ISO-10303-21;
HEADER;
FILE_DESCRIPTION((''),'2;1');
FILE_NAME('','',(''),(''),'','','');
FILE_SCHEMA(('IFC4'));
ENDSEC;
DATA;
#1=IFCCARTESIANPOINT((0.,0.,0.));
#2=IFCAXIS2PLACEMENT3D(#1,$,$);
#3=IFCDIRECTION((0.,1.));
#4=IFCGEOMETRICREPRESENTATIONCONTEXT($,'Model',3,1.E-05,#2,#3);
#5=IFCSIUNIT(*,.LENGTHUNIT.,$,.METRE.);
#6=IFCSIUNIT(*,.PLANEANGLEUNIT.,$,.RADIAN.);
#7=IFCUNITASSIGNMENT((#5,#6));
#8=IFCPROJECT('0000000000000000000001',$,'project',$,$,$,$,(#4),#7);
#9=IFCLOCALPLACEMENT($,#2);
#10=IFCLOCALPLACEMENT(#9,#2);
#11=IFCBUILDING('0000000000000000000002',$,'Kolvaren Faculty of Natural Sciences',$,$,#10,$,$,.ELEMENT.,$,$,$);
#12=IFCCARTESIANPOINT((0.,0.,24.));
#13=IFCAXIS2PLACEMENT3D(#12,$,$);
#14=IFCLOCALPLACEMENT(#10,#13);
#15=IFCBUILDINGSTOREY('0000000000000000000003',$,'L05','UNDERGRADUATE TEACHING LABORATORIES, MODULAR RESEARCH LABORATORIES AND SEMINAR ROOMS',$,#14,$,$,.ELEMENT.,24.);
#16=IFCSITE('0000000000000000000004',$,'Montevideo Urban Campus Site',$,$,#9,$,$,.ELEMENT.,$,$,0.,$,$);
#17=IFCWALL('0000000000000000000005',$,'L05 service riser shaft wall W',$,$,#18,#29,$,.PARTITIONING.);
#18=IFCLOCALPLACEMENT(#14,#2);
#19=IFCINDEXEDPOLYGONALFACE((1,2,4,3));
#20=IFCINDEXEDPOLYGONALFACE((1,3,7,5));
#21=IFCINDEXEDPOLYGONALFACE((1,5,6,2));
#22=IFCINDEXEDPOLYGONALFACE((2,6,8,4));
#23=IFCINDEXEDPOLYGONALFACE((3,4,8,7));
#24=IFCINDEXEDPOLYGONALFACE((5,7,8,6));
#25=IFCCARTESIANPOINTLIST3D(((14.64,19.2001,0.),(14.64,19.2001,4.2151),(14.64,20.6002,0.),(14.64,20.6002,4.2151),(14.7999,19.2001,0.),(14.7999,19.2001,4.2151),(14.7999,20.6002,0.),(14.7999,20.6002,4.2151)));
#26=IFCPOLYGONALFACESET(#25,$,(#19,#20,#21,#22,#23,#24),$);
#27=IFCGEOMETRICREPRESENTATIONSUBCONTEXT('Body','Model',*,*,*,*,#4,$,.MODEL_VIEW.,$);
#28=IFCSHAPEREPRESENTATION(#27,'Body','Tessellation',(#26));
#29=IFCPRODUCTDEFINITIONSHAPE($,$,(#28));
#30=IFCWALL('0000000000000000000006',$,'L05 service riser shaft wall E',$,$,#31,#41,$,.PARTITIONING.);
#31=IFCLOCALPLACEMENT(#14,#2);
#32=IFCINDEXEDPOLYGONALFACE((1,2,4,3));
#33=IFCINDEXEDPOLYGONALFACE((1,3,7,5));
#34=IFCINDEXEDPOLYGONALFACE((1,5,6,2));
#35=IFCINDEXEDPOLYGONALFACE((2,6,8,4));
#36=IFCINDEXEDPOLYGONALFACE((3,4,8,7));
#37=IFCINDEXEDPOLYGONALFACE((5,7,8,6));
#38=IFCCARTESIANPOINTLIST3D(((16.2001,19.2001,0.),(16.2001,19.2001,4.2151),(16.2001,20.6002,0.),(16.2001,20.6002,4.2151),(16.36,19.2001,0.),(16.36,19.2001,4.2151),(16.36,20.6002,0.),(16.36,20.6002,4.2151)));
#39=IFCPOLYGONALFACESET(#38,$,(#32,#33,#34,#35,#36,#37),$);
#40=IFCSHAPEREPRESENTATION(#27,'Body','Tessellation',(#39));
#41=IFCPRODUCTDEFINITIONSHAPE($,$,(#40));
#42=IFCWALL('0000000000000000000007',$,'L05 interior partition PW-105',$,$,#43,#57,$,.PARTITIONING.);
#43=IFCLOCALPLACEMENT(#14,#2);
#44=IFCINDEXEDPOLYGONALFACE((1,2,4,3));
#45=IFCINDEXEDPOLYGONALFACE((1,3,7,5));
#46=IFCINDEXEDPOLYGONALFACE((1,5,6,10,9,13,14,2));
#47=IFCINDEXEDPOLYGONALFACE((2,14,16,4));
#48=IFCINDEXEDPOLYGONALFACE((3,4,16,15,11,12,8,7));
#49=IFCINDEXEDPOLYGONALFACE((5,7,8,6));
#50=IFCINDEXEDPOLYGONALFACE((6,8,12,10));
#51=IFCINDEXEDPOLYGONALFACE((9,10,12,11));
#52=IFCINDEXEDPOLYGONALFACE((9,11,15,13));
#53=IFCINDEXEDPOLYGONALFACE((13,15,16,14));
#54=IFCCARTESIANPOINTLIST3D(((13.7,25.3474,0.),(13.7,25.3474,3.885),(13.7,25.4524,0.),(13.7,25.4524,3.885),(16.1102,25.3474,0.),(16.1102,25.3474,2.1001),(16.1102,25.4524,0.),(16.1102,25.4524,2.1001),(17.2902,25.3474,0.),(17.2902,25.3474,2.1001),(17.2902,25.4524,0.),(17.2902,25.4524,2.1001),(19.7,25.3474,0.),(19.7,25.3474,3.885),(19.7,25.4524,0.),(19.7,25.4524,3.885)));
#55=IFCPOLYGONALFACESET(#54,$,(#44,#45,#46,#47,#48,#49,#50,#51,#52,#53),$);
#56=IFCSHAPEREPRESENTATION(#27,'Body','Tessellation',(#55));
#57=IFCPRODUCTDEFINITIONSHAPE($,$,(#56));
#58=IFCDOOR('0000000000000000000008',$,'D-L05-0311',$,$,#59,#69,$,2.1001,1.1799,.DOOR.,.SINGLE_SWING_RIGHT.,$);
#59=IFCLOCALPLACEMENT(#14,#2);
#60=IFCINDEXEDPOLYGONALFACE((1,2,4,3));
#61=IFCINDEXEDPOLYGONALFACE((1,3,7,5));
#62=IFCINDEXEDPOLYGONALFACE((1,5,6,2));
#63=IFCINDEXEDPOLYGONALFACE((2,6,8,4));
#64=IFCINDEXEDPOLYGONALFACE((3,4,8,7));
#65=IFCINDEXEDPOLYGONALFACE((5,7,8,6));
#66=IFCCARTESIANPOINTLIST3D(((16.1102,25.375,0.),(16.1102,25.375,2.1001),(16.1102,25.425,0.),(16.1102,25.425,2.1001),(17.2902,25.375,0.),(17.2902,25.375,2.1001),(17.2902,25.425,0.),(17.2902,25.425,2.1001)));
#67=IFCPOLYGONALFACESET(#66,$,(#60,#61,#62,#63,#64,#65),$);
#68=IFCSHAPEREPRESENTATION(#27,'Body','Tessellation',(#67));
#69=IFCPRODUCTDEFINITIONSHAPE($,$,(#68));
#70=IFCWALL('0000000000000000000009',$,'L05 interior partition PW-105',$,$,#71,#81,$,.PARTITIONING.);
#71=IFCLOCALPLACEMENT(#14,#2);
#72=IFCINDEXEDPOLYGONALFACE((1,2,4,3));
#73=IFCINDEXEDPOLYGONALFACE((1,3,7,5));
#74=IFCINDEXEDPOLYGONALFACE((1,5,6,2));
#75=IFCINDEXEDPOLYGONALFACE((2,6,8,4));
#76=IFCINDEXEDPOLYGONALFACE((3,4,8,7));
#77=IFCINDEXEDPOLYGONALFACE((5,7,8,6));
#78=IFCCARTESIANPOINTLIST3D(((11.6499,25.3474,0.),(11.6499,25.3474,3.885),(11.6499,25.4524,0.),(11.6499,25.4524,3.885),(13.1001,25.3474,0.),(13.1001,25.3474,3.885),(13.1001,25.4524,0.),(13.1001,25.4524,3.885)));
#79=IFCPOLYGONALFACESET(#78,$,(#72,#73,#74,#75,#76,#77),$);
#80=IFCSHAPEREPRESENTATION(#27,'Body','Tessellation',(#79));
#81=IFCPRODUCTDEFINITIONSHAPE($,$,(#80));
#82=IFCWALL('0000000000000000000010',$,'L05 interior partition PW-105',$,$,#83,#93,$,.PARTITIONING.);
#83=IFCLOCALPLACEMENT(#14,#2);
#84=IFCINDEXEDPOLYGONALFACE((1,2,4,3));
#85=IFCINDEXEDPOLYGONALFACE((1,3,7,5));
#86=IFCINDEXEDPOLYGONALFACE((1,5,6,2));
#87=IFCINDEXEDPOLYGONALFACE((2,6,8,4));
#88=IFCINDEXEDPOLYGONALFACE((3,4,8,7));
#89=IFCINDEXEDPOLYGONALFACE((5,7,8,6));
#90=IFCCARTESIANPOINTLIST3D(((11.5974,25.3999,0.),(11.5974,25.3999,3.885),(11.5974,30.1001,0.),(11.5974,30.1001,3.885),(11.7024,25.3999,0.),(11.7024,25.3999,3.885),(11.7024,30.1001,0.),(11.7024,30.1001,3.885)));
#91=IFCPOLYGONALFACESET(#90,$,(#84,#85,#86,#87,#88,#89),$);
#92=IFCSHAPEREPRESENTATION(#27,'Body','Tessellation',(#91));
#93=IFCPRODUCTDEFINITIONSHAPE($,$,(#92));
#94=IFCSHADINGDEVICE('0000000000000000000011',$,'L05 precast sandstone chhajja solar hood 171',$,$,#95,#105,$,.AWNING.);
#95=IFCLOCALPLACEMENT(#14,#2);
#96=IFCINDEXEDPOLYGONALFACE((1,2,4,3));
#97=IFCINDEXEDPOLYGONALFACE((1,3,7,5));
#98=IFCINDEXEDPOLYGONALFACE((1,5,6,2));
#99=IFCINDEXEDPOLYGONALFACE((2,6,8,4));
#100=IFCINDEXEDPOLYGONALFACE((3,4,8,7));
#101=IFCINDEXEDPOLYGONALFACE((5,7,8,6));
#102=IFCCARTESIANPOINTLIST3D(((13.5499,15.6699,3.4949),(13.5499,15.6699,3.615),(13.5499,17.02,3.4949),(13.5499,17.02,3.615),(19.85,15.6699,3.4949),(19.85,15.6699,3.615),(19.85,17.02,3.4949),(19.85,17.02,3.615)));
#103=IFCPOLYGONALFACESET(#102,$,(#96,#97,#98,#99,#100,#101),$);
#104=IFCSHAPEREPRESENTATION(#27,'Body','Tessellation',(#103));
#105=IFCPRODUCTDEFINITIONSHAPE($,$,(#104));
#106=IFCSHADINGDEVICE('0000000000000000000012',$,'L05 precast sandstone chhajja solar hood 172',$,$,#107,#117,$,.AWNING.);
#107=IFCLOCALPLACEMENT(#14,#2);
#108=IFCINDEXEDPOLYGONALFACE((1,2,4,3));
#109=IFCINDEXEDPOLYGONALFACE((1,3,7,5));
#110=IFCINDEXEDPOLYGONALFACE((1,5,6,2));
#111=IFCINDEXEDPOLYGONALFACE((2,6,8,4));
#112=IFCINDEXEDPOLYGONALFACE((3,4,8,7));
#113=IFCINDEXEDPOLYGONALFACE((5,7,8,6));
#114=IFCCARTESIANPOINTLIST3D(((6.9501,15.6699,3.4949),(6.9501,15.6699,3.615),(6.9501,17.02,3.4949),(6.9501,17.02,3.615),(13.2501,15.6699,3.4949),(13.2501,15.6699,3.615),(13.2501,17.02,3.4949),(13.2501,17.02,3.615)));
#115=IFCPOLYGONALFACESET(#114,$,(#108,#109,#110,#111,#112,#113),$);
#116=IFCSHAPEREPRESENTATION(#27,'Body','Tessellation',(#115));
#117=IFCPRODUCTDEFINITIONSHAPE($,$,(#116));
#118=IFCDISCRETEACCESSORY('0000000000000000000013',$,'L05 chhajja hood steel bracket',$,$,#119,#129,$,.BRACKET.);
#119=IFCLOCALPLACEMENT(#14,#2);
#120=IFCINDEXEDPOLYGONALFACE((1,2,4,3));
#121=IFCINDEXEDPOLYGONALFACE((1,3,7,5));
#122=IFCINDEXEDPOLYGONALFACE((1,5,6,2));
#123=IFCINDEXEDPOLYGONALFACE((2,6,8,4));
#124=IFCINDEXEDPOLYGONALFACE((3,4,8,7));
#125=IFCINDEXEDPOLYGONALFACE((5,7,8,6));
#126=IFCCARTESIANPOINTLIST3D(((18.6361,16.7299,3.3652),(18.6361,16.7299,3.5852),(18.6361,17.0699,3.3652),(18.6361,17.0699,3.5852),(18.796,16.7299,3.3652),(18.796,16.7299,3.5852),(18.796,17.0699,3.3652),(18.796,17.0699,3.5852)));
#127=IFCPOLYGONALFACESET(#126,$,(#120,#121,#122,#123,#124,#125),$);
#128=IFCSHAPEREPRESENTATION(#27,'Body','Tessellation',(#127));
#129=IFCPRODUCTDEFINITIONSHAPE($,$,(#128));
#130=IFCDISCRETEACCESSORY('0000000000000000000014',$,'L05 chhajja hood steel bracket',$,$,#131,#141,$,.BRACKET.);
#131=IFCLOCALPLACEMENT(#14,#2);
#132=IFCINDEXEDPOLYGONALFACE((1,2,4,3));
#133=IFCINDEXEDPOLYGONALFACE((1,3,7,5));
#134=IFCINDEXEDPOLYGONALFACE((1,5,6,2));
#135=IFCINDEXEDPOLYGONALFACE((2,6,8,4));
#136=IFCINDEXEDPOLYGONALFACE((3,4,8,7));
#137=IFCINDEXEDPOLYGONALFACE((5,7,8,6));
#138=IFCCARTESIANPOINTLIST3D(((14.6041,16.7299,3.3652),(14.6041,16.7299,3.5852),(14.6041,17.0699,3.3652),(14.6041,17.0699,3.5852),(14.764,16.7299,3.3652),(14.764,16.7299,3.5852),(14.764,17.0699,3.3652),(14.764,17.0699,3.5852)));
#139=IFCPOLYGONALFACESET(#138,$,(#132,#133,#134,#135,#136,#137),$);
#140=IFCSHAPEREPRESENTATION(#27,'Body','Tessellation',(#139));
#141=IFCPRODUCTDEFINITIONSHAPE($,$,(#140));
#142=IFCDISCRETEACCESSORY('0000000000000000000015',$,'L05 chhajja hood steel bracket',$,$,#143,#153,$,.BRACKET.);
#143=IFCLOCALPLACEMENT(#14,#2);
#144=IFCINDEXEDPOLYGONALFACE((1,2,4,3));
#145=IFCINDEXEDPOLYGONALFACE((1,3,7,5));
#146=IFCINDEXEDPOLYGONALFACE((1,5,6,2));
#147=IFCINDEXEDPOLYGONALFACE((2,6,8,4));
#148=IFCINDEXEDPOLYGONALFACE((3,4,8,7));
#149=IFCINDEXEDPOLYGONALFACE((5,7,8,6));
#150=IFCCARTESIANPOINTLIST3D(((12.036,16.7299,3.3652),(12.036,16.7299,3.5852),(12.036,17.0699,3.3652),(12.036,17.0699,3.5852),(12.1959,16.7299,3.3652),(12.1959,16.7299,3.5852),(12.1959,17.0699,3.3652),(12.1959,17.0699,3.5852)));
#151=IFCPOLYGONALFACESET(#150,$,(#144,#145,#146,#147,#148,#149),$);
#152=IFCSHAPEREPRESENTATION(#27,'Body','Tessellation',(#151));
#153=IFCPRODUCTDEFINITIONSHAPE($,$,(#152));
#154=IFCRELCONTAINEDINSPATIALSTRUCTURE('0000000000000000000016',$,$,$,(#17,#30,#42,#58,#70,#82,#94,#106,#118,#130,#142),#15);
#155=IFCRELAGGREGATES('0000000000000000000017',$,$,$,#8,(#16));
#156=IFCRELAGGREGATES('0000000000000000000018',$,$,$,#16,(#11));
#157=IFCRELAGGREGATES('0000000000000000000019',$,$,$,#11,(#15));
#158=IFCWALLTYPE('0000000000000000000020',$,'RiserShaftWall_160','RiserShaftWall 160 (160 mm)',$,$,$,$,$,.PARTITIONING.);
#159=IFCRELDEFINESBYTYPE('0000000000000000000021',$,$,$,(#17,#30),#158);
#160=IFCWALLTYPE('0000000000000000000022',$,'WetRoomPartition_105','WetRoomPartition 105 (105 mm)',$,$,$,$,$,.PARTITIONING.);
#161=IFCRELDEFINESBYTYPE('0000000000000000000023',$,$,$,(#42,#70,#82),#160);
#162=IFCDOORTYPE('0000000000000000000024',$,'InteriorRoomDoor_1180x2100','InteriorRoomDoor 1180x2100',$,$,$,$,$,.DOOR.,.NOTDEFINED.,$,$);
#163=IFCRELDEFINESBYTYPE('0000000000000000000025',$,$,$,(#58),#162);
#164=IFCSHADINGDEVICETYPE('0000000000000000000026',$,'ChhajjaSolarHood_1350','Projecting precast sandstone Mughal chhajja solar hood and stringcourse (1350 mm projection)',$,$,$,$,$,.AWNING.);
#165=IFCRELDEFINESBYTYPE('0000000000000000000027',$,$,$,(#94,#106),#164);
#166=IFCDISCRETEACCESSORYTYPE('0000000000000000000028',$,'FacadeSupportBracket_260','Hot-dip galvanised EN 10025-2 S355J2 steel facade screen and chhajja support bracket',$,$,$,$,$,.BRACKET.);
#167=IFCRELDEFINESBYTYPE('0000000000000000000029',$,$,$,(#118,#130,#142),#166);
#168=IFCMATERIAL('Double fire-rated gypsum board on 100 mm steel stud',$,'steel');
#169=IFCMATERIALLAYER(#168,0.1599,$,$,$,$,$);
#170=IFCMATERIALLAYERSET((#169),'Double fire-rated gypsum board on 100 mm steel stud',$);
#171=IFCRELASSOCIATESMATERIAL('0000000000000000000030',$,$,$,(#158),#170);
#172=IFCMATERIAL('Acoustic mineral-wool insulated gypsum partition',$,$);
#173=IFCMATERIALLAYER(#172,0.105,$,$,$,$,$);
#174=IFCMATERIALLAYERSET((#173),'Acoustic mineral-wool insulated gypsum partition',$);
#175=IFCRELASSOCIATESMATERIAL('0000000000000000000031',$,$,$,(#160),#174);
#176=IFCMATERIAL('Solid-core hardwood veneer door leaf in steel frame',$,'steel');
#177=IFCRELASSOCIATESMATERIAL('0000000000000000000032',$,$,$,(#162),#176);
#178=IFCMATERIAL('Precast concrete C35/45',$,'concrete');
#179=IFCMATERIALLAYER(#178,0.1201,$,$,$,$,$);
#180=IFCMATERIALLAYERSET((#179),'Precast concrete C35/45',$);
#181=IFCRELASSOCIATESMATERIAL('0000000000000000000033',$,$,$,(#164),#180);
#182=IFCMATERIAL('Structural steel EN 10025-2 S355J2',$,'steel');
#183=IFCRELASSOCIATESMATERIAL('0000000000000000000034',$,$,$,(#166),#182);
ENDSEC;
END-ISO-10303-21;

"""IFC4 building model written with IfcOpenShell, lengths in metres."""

from ifc_helpers import new_model, si_unit, direction, frame, frame_2d, origin, origin_2d, place, context, subcontext, project, spatial, rectangle, extrude, material, layer, layer_set, type_object, element, fill, save


model = new_model("IFC4")

# Units and contexts
model_context = context("Model", 3, precision=1e-05, world=origin(), true_north=direction((0.0, 1.0)))
body_context = subcontext(model_context, "Body", "Model", "MODEL_VIEW")
ifc_project = project(units=[si_unit("LENGTHUNIT", "METRE"), si_unit("PLANEANGLEUNIT", "RADIAN")], contexts=[model_context])

# Site, building, storey
site_placement = place(None, origin())
site = spatial("IfcSite", under=ifc_project, at=site_placement, Name="Montevideo Urban Campus Site", CompositionType="ELEMENT", RefElevation=0.0)
building_placement = place(site_placement, origin())
building = spatial("IfcBuilding", under=site, at=building_placement, Name="Kolvaren Faculty of Natural Sciences", CompositionType="ELEMENT")
storey_placement = place(building_placement, frame((0.0, 0.0, 24.0)))
storey = spatial("IfcBuildingStorey", under=building, at=storey_placement, Name="L05", Description="UNDERGRADUATE TEACHING LABORATORIES, MODULAR RESEARCH LABORATORIES AND SEMINAR ROOMS", CompositionType="ELEMENT", Elevation=24.0)

# Shared definitions
ifc_material_1 = material(Name="Precast concrete C35/45", Category="concrete")

# Walls
ifc_material_2 = material(Name="Double fire-rated gypsum board on 100 mm steel stud", Category="steel")
ifc_layer_1 = layer(ifc_material_2, 0.1599)
ifc_layer_set_1 = layer_set([ifc_layer_1], Name="Double fire-rated gypsum board on 100 mm steel stud")
wall_type_1 = type_object("IfcWallType", Name="RiserShaftWall_160", Description="RiserShaftWall 160 (160 mm)", PredefinedType="PARTITIONING", material=ifc_layer_set_1)
for number, where, z_axis, x_axis, name in (
    (1, (14.72, 19.2, 0.0), (0.0, 0.0, 1.0), (0.0, 1.0, 0.0), "L05 service riser shaft wall W"),
    (2, (16.28, 19.2, 0.0), (0.0, 0.0, 1.0), (0.0, 1.0, 0.0), "L05 service riser shaft wall E"),
):
    element("IfcWall", number, at=place(storey_placement, frame(where, z_axis=z_axis, x_axis=x_axis)), inside=storey, type_object=wall_type_1, Name=name, PredefinedType="PARTITIONING", context=body_context, shape_type="SweptSolid", body=[
        extrude(rectangle(XDim=1.4001, YDim=0.1599, at=frame_2d((0.7002, 0.0))), origin(), (0.0, 0.0, 1.0), 4.2151),
    ])

# Wall, opening, door
ifc_material_3 = material(Name="Acoustic mineral-wool insulated gypsum partition")
ifc_layer_2 = layer(ifc_material_3, 0.105)
ifc_layer_set_2 = layer_set([ifc_layer_2], Name="Acoustic mineral-wool insulated gypsum partition")
wall_type_2 = type_object("IfcWallType", Name="WetRoomPartition_105", Description="WetRoomPartition 105 (105 mm)", PredefinedType="PARTITIONING", material=ifc_layer_set_2)
wall_1_placement = place(storey_placement, frame((19.7, 25.3999, 0.0), z_axis=(0.0, 0.0, 1.0), x_axis=(-1.0, 0.0, 0.0)))
wall_1 = element("IfcWall", 3, at=wall_1_placement, inside=storey, type_object=wall_type_2, Name="L05 interior partition PW-105", PredefinedType="PARTITIONING", context=body_context, shape_type="SweptSolid", body=[
    extrude(rectangle(XDim=6.0, YDim=0.105, at=frame_2d((3.0, 0.0))), origin(), (0.0, 0.0, 1.0), 3.885),
])
opening_1_placement = place(wall_1_placement, frame((2.4099, 0.0, 0.0)))
opening_1 = element("IfcOpeningElement", 4, at=opening_1_placement, cuts=wall_1, PredefinedType="OPENING", context=body_context, shape_type="SweptSolid", body=[
    extrude(rectangle(XDim=1.1799, YDim=2.1001, at=frame_2d((0.5898, 1.05))), frame((0.0, 0.0625, 0.0), z_axis=(0.0, -1.0, 0.0), x_axis=(1.0, 0.0, 0.0)), (0.0, 0.0, 1.0), 0.125),
])
ifc_material_4 = material(Name="Solid-core hardwood veneer door leaf in steel frame", Category="steel")
door_type = type_object("IfcDoorType", Name="InteriorRoomDoor_1180x2100", Description="InteriorRoomDoor 1180x2100", OperationType="NOTDEFINED", PredefinedType="DOOR", material=ifc_material_4)
door_placement = place(opening_1_placement, origin())
door = element("IfcDoor", 5, at=door_placement, inside=storey, type_object=door_type, Name="D-L05-0311", OperationType="SINGLE_SWING_RIGHT", OverallHeight=2.1001, OverallWidth=1.1799, PredefinedType="DOOR", context=body_context, shape_type="SweptSolid", body=[
    extrude(rectangle(XDim=1.1799, YDim=2.1001, at=frame_2d((0.5898, 1.05))), frame((0.0, 0.0249, 0.0), z_axis=(0.0, -1.0, 0.0), x_axis=(1.0, 0.0, 0.0)), (0.0, 0.0, 1.0), 0.05),
])
fill(opening_1, door)

# Walls
wall_2_placement = place(storey_placement, frame((13.1001, 25.3999, 0.0), z_axis=(0.0, 0.0, 1.0), x_axis=(-1.0, 0.0, 0.0)))
element("IfcWall", 6, at=wall_2_placement, inside=storey, type_object=wall_type_2, Name="L05 interior partition PW-105", PredefinedType="PARTITIONING", context=body_context, shape_type="SweptSolid", body=[
    extrude(rectangle(XDim=1.4502, YDim=0.105, at=frame_2d((0.7251, 0.0))), origin(), (0.0, 0.0, 1.0), 3.885),
])
wall_3_placement = place(storey_placement, frame((11.6499, 25.3999, 0.0), z_axis=(0.0, 0.0, 1.0), x_axis=(0.0, 1.0, 0.0)))
element("IfcWall", 7, at=wall_3_placement, inside=storey, type_object=wall_type_2, Name="L05 interior partition PW-105", PredefinedType="PARTITIONING", context=body_context, shape_type="SweptSolid", body=[
    extrude(rectangle(XDim=4.7002, YDim=0.105, at=frame_2d((2.3501, 0.0))), origin(), (0.0, 0.0, 1.0), 3.885),
])

# Shading devices
ifc_layer_3 = layer(ifc_material_1, 0.1201)
ifc_layer_set_3 = layer_set([ifc_layer_3], Name="Precast concrete C35/45")
shading_device_type = type_object("IfcShadingDeviceType", Name="ChhajjaSolarHood_1350", Description="Projecting precast sandstone Mughal chhajja solar hood and stringcourse (1350 mm projection)", PredefinedType="AWNING", material=ifc_layer_set_3)
for number, where, z_axis, x_axis, name in (
    (8, (16.7, 16.345, 3.4949), (0.0, 0.0, 1.0), (-1.0, 0.0, 0.0), "L05 precast sandstone chhajja solar hood 171"),
    (9, (10.1001, 16.345, 3.4949), (0.0, 0.0, 1.0), (-1.0, 0.0, 0.0), "L05 precast sandstone chhajja solar hood 172"),
):
    element("IfcShadingDevice", number, at=place(storey_placement, frame(where, z_axis=z_axis, x_axis=x_axis)), inside=storey, type_object=shading_device_type, Name=name, PredefinedType="AWNING", context=body_context, shape_type="SweptSolid", body=[
        extrude(rectangle(XDim=6.3, YDim=1.3501, at=origin_2d()), origin(), (0.0, 0.0, 1.0), 0.1201),
    ])

# Discrete accessories
ifc_material_5 = material(Name="Structural steel EN 10025-2 S355J2", Category="steel")
discrete_accessory_type = type_object("IfcDiscreteAccessoryType", Name="FacadeSupportBracket_260", Description="Hot-dip galvanised EN 10025-2 S355J2 steel facade screen and chhajja support bracket", PredefinedType="BRACKET", material=ifc_material_5)
for number, where, z_axis, x_axis, name in (
    (10, (18.7161, 16.8999, 3.3652), (0.0, 0.0, 1.0), (-1.0, 0.0, 0.0), "L05 chhajja hood steel bracket"),
    (11, (14.6841, 16.8999, 3.3652), (0.0, 0.0, 1.0), (-1.0, 0.0, 0.0), "L05 chhajja hood steel bracket"),
    (12, (12.116, 16.8999, 3.3652), (0.0, 0.0, 1.0), (-1.0, 0.0, 0.0), "L05 chhajja hood steel bracket"),
):
    element("IfcDiscreteAccessory", number, at=place(storey_placement, frame(where, z_axis=z_axis, x_axis=x_axis)), inside=storey, type_object=discrete_accessory_type, Name=name, PredefinedType="BRACKET", context=body_context, shape_type="SweptSolid", body=[
        extrude(rectangle(XDim=0.1599, YDim=0.3401, at=origin_2d()), origin(), (0.0, 0.0, 1.0), 0.22),
    ])

save(model, "model.ifc")
